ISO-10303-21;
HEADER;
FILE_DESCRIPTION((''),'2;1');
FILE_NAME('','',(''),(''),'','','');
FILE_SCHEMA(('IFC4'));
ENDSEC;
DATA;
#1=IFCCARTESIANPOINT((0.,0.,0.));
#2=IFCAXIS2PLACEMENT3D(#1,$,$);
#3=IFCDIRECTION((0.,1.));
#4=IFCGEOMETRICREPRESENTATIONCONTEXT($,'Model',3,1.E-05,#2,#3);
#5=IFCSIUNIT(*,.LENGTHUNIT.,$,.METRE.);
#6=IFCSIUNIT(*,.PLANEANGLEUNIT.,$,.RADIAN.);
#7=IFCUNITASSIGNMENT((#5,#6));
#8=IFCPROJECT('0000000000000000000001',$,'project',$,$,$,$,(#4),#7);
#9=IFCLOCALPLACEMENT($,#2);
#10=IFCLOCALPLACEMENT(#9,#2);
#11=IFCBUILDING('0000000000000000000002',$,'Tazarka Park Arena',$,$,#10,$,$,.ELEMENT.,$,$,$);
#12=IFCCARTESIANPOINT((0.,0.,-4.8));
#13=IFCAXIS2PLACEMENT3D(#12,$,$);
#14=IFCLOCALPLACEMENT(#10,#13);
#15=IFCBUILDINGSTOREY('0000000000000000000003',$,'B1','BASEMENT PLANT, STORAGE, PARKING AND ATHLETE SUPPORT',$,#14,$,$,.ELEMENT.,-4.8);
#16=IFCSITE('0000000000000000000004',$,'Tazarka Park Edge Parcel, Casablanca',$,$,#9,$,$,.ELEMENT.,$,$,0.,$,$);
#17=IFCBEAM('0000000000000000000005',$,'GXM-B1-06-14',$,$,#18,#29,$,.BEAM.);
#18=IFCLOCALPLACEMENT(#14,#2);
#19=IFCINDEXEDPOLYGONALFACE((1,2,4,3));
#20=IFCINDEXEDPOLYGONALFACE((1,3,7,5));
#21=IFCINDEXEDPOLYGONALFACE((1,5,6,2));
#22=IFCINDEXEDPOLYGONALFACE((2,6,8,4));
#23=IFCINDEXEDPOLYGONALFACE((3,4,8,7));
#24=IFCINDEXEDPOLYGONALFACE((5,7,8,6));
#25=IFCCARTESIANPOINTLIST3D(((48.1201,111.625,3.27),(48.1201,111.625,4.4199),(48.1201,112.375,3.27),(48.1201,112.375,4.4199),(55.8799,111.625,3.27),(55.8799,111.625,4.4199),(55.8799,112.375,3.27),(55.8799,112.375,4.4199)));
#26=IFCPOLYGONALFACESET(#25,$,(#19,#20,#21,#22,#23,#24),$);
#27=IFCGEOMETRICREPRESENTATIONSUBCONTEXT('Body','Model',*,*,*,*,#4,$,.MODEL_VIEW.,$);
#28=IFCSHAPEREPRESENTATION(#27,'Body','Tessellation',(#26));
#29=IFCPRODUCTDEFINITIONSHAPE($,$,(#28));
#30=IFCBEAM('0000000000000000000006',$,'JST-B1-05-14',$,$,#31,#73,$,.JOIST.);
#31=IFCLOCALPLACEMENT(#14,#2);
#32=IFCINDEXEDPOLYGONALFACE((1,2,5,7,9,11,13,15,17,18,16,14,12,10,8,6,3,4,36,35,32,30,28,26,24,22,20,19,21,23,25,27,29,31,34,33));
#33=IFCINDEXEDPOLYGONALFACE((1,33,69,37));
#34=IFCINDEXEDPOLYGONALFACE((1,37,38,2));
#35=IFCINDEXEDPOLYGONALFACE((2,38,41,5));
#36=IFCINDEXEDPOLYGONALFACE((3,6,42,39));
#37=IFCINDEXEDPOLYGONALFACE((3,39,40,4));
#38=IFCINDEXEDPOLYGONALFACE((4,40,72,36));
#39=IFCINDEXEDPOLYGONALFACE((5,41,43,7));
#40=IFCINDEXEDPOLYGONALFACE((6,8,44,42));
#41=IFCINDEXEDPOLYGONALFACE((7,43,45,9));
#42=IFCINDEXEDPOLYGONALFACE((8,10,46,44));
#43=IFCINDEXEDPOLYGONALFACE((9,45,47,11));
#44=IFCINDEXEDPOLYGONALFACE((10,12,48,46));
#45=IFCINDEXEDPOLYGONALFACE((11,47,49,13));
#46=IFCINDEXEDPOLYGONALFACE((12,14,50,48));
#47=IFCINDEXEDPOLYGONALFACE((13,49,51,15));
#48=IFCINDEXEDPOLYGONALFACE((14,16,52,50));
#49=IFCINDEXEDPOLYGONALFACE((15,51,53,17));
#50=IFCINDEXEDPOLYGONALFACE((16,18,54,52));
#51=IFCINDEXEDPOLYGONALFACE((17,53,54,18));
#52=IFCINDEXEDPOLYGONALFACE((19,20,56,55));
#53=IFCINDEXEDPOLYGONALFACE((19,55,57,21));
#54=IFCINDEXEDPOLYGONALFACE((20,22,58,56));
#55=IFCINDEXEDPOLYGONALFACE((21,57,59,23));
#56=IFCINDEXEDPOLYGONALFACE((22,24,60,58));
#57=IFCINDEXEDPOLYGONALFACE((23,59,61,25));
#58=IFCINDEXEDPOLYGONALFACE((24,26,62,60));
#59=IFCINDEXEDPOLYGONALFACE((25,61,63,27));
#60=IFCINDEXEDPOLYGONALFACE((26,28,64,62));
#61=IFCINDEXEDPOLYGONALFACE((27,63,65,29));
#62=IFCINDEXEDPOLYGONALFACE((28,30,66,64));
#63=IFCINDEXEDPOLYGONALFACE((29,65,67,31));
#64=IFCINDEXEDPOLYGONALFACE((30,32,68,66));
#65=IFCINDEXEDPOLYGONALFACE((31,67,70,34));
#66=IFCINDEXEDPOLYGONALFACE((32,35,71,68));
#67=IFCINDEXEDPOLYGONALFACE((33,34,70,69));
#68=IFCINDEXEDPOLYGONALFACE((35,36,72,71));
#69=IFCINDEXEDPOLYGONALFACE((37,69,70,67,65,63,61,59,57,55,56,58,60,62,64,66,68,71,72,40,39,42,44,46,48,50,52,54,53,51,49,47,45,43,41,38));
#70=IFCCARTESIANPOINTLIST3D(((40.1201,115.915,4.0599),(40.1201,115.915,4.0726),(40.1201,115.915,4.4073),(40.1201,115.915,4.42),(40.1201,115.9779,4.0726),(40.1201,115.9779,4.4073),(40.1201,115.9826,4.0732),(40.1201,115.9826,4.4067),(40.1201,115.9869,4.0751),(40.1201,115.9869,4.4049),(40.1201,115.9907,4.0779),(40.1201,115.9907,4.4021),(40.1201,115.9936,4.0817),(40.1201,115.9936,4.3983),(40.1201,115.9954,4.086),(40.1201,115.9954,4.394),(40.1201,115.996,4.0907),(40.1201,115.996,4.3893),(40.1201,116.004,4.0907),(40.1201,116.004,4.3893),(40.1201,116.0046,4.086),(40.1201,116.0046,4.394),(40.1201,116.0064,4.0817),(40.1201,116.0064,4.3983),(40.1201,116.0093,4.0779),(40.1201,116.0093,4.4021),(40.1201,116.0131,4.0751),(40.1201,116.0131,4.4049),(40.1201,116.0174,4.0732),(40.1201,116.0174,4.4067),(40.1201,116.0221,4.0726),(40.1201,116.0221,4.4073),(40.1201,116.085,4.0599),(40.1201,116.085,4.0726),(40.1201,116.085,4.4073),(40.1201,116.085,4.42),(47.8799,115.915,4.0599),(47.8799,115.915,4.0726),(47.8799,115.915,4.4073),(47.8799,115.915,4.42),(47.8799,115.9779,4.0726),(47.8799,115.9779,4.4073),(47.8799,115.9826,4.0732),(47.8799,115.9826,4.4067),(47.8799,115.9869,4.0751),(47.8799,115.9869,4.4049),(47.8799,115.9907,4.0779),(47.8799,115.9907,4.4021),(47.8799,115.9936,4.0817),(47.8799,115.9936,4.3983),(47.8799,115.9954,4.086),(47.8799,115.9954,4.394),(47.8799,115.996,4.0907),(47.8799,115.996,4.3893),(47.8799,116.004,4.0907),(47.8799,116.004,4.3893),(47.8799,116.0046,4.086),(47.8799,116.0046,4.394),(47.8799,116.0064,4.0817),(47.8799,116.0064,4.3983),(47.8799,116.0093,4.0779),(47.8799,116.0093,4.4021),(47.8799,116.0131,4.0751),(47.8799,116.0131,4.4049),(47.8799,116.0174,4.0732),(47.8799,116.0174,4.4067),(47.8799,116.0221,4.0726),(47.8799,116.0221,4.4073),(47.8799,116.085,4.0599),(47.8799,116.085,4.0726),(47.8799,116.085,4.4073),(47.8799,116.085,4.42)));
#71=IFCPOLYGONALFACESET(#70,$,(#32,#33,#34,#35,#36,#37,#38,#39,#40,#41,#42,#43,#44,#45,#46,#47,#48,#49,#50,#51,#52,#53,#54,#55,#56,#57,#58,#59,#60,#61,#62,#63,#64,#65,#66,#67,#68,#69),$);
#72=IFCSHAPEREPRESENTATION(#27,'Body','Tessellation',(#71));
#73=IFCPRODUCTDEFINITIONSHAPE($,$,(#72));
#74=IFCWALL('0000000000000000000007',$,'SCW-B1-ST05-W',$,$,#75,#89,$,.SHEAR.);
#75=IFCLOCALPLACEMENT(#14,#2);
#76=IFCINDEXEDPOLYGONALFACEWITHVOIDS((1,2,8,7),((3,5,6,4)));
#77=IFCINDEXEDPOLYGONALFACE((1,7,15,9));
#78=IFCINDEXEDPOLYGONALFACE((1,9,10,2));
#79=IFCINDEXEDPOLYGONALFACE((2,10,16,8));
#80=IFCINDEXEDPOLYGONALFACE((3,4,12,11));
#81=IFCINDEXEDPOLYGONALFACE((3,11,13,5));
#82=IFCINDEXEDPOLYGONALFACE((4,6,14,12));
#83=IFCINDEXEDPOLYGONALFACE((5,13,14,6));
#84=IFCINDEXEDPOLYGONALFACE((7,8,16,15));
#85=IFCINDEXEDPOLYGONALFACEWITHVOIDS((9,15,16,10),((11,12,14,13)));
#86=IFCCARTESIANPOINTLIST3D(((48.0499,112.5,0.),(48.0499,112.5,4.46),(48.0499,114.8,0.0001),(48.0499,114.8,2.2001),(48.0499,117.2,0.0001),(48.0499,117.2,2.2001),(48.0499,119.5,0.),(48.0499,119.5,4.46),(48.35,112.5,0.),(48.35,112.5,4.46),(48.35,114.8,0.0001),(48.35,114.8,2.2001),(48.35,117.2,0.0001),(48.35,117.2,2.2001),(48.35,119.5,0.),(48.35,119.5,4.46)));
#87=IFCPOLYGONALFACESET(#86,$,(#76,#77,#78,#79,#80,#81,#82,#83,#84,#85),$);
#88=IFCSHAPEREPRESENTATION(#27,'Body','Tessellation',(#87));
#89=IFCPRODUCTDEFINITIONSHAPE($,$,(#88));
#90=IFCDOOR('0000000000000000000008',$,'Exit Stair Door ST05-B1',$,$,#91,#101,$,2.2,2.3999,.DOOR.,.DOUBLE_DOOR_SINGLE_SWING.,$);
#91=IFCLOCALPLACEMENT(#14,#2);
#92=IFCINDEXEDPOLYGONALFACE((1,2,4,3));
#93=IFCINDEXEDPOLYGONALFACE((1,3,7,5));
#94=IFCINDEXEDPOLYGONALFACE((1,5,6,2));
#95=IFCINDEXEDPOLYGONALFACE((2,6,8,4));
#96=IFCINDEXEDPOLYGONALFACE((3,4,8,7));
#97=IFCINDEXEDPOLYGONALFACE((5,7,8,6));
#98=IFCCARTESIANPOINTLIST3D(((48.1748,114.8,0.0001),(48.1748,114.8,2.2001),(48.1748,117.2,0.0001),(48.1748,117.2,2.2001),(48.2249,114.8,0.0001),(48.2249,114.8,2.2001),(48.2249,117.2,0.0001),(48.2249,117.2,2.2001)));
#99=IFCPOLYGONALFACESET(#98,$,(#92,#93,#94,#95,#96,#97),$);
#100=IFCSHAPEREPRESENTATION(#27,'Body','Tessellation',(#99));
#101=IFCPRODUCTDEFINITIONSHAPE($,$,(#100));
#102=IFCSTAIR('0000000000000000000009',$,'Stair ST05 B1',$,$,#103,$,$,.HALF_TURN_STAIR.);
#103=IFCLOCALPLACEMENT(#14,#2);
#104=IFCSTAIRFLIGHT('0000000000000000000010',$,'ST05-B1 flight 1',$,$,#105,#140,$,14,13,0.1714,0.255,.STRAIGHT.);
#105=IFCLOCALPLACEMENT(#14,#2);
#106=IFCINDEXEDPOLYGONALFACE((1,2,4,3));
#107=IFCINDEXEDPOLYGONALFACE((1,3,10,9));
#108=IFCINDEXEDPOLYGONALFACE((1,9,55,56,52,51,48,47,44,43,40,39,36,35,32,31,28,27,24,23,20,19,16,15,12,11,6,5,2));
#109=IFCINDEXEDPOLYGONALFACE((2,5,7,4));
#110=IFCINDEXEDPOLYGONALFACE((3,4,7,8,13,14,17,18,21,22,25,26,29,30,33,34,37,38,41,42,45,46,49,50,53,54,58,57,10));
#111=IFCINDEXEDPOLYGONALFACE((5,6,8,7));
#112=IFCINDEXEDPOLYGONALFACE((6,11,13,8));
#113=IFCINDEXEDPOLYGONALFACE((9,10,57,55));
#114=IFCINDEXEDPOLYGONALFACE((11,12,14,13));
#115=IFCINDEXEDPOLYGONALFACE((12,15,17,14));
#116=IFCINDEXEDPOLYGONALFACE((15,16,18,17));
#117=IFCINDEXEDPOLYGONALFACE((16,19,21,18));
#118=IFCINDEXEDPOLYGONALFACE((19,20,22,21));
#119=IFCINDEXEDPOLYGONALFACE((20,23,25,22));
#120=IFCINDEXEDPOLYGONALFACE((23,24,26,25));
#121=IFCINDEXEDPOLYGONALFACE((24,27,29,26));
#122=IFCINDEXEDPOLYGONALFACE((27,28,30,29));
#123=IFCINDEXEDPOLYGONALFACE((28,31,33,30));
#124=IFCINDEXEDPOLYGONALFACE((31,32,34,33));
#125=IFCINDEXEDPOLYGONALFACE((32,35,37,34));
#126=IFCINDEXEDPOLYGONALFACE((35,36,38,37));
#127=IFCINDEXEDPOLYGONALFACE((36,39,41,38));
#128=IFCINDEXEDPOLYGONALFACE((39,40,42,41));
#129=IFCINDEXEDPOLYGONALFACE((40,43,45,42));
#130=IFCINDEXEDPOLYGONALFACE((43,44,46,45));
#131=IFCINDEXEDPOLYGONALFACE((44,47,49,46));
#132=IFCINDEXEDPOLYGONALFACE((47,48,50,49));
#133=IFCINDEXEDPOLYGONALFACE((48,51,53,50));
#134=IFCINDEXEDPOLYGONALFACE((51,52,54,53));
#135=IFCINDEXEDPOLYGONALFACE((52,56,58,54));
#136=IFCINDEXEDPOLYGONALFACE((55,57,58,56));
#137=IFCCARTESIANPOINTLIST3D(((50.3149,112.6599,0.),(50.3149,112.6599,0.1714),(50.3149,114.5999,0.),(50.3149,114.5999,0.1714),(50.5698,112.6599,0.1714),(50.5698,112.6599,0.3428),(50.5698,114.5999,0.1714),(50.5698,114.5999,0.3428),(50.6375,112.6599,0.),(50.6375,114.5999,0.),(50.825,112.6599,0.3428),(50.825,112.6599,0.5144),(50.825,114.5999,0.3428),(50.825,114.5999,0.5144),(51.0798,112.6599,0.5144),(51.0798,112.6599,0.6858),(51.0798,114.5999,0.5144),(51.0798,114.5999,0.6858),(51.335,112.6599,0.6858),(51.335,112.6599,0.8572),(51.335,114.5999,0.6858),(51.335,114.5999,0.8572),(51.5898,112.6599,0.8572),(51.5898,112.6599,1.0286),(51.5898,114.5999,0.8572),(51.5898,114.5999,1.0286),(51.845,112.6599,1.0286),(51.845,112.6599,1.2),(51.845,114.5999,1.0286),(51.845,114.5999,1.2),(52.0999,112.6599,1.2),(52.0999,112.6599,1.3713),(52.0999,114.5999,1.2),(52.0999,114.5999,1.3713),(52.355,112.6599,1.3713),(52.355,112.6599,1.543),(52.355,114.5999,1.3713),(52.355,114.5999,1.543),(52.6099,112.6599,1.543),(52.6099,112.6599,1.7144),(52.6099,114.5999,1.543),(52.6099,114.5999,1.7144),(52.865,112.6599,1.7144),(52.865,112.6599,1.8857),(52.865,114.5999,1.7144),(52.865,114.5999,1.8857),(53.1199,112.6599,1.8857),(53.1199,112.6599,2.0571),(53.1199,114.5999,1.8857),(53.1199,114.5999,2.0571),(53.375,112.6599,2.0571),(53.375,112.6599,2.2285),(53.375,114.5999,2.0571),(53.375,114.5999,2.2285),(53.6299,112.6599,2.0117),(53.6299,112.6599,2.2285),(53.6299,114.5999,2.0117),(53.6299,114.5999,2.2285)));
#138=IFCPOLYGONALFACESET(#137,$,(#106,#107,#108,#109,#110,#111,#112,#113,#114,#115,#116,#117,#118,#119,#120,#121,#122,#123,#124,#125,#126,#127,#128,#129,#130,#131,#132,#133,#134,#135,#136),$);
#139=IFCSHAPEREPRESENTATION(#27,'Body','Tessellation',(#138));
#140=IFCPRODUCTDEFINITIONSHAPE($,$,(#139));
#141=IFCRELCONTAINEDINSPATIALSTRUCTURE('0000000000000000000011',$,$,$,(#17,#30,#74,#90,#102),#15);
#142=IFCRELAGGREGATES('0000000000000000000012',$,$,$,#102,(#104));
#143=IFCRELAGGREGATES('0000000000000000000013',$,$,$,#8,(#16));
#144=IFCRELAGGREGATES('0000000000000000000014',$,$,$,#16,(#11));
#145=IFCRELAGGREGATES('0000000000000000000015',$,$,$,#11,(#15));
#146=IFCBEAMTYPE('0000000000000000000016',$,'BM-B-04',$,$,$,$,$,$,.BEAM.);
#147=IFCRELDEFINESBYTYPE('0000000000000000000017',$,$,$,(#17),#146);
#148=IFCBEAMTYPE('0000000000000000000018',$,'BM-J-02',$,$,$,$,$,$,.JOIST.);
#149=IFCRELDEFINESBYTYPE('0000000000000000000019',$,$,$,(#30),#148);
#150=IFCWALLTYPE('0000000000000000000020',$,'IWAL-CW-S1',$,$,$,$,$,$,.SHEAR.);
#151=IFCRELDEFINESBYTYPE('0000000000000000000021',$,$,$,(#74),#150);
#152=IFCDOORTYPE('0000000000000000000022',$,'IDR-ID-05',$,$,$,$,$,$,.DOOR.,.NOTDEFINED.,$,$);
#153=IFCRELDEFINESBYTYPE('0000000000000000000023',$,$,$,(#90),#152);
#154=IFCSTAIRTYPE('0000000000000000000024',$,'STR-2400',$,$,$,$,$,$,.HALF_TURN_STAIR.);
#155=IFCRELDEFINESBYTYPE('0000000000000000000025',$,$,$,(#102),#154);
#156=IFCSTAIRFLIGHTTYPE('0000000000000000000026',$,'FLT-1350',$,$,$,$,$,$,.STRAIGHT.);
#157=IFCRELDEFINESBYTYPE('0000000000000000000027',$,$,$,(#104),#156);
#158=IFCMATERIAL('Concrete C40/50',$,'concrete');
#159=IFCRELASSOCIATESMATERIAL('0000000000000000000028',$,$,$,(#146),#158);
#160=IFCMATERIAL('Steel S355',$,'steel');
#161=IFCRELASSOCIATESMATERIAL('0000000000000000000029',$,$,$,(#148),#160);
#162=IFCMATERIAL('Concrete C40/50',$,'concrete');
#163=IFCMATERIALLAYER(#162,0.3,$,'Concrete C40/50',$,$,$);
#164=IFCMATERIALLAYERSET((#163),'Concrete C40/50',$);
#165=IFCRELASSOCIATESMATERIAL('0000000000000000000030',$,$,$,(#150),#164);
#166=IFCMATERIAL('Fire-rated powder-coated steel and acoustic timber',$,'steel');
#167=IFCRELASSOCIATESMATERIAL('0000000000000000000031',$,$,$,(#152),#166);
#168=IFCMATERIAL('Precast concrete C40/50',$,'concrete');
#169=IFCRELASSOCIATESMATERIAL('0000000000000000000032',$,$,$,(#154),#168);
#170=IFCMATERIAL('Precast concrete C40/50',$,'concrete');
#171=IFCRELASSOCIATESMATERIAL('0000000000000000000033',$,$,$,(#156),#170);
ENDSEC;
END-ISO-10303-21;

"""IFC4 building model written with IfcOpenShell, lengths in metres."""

from ifc_helpers import new_model, si_unit, direction, frame, frame_2d, origin, origin_2d, place, context, subcontext, project, spatial, polyline, rectangle, i_section, outline, extrude, material, layer, layer_set, material_profile, profile_set, type_object, element, fill, aggregate, save


model = new_model("IFC4")

# Units and contexts
model_context = context("Model", 3, precision=1e-05, world=origin(), true_north=direction((0.0, 1.0)))
body_context = subcontext(model_context, "Body", "Model", "MODEL_VIEW")
ifc_project = project(units=[si_unit("LENGTHUNIT", "METRE"), si_unit("PLANEANGLEUNIT", "RADIAN")], contexts=[model_context])

# Site, building, storey
site_placement = place(None, origin())
site = spatial("IfcSite", under=ifc_project, at=site_placement, Name="Tazarka Park Edge Parcel, Casablanca", CompositionType="ELEMENT", RefElevation=0.0)
building_placement = place(site_placement, origin())
building = spatial("IfcBuilding", under=site, at=building_placement, Name="Tazarka Park Arena", CompositionType="ELEMENT")
storey_placement = place(building_placement, frame((0.0, 0.0, -4.8)))
storey = spatial("IfcBuildingStorey", under=building, at=storey_placement, Name="B1", Description="BASEMENT PLANT, STORAGE, PARKING AND ATHLETE SUPPORT", CompositionType="ELEMENT", Elevation=-4.8)

# Beams
ifc_material_1 = material(Name="Concrete C40/50", Category="concrete")
ifc_material_profile_1 = material_profile(ifc_material_1, rectangle(XDim=0.75, YDim=1.1499, at=origin_2d()), Name="Concrete C40/50")
ifc_profile_set_1 = profile_set([ifc_material_profile_1], Name="Concrete C40/50")
beam_type_1 = type_object("IfcBeamType", Name="BM-B-04", PredefinedType="BEAM", material=ifc_profile_set_1)
for number, where, z_axis, x_axis, name in (
    (1, (48.1201, 112.0, 3.845), (1.0, 0.0, 0.0), (0.0, 1.0, 0.0), "GXM-B1-06-14"),
):
    element("IfcBeam", number, at=place(storey_placement, frame(where, z_axis=z_axis, x_axis=x_axis)), inside=storey, type_object=beam_type_1, Name=name, PredefinedType="BEAM", context=body_context, shape_type="SweptSolid", body=[
        extrude(rectangle(XDim=0.75, YDim=1.1499, at=origin_2d()), origin(), (0.0, 0.0, 1.0), 7.7598),
    ])
ifc_material_2 = material(Name="Steel S355", Category="steel")
ifc_material_profile_2 = material_profile(ifc_material_2, i_section(OverallWidth=0.1699, OverallDepth=0.3601, WebThickness=0.0081, FlangeThickness=0.0127, FilletRadius=0.0181, at=origin_2d()), Name="Steel S355")
ifc_profile_set_2 = profile_set([ifc_material_profile_2], Name="Steel S355")
beam_type_2 = type_object("IfcBeamType", Name="BM-J-02", PredefinedType="JOIST", material=ifc_profile_set_2)
beam_placement = place(storey_placement, frame((40.1201, 116.0, 4.24), z_axis=(1.0, 0.0, 0.0), x_axis=(0.0, 1.0, 0.0)))
element("IfcBeam", 2, at=beam_placement, inside=storey, type_object=beam_type_2, Name="JST-B1-05-14", PredefinedType="JOIST", context=body_context, shape_type="SweptSolid", body=[
    extrude(i_section(OverallWidth=0.1699, OverallDepth=0.3601, WebThickness=0.0081, FlangeThickness=0.0127, FilletRadius=0.0181, at=origin_2d()), origin(), (0.0, 0.0, 1.0), 7.7598),
])

# Wall, opening, door
ifc_material_3 = material(Name="Concrete C40/50", Category="concrete")
ifc_layer = layer(ifc_material_3, 0.3, Name="Concrete C40/50")
ifc_layer_set = layer_set([ifc_layer], Name="Concrete C40/50")
wall_type = type_object("IfcWallType", Name="IWAL-CW-S1", PredefinedType="SHEAR", material=ifc_layer_set)
wall_placement = place(storey_placement, frame((48.2, 112.5, 0.0), z_axis=(0.0, 0.0, 1.0), x_axis=(0.0, 1.0, 0.0)))
wall = element("IfcWall", 3, at=wall_placement, inside=storey, type_object=wall_type, Name="SCW-B1-ST05-W", PredefinedType="SHEAR", context=body_context, shape_type="SweptSolid", body=[
    extrude(rectangle(XDim=7.0, YDim=0.3, at=frame_2d((3.5, 0.0))), origin(), (0.0, 0.0, 1.0), 4.46),
])
opening_placement = place(wall_placement, frame((2.3, 0.0, 0.0)))
opening = element("IfcOpeningElement", 4, at=opening_placement, cuts=wall, PredefinedType="OPENING", context=body_context, shape_type="SweptSolid", body=[
    extrude(rectangle(XDim=2.3999, YDim=2.2, at=frame_2d((1.2, 1.1001))), frame((0.0, 0.1602, 0.0), z_axis=(0.0, -1.0, 0.0), x_axis=(1.0, 0.0, 0.0)), (0.0, 0.0, 1.0), 0.3201),
])
ifc_material_4 = material(Name="Fire-rated powder-coated steel and acoustic timber", Category="steel")
door_type = type_object("IfcDoorType", Name="IDR-ID-05", OperationType="NOTDEFINED", PredefinedType="DOOR", material=ifc_material_4)
door_placement = place(opening_placement, frame((2.3999, 0.0, 0.0), z_axis=(0.0, 0.0, 1.0), x_axis=(-1.0, 0.0, 0.0)))
door = element("IfcDoor", 5, at=door_placement, inside=storey, type_object=door_type, Name="Exit Stair Door ST05-B1", OperationType="DOUBLE_DOOR_SINGLE_SWING", OverallHeight=2.2, OverallWidth=2.3999, PredefinedType="DOOR", context=body_context, shape_type="SweptSolid", body=[
    extrude(rectangle(XDim=2.3999, YDim=2.2, at=frame_2d((1.2, 1.1001))), frame((0.0, 0.0249, 0.0), z_axis=(0.0, -1.0, 0.0), x_axis=(1.0, 0.0, 0.0)), (0.0, 0.0, 1.0), 0.05),
])
fill(opening, door)

# Stair, stair flight
ifc_material_5 = material(Name="Precast concrete C40/50", Category="concrete")
stair_type = type_object("IfcStairType", Name="STR-2400", PredefinedType="HALF_TURN_STAIR", material=ifc_material_5)
stair_placement = place(storey_placement, origin())
stair = element("IfcStair", 6, at=stair_placement, inside=storey, type_object=stair_type, Name="Stair ST05 B1", PredefinedType="HALF_TURN_STAIR")
ifc_material_6 = material(Name="Precast concrete C40/50", Category="concrete")
stair_flight_type = type_object("IfcStairFlightType", Name="FLT-1350", PredefinedType="STRAIGHT", material=ifc_material_6)
stair_flight_placement = place(storey_placement, frame((50.3149, 113.6299, 0.0), z_axis=(0.0, 0.0, 1.0), x_axis=(1.0, 0.0, 0.0)))
stair_flight = element("IfcStairFlight", 7, at=stair_flight_placement, type_object=stair_flight_type, Name="ST05-B1 flight 1", NumberOfRisers=14, NumberOfTreads=13, PredefinedType="STRAIGHT", RiserHeight=0.1714, TreadLength=0.255, context=body_context, shape_type="SweptSolid", body=[
    extrude(outline(polyline([(0.0, 0.0), (0.0, 0.1714), (0.2549, 0.1714), (0.2549, 0.3428), (0.51, 0.3428), (0.51, 0.5144), (0.7649, 0.5144), (0.7649, 0.6858), (1.02, 0.6858), (1.02, 0.8572), (1.2749, 0.8572), (1.2749, 1.0286), (1.53, 1.0286), (1.53, 1.2), (1.7849, 1.2), (1.7849, 1.3713), (2.04, 1.3713), (2.04, 1.543), (2.2949, 1.543), (2.2949, 1.7144), (2.55, 1.7144), (2.55, 1.8857), (2.8049, 1.8857), (2.8049, 2.0571), (3.0601, 2.0571), (3.0601, 2.2285), (3.3149, 2.2285), (3.3149, 2.3999), (3.3149, 2.0117), (0.3225, 0.0), (0.0, 0.0)])), frame((0.0, 0.97, 0.0), z_axis=(0.0, -1.0, 0.0), x_axis=(1.0, 0.0, 0.0)), (0.0, 0.0, 1.0), 1.9399),
])
aggregate(stair, [stair_flight])

save(model, "model.ifc")
